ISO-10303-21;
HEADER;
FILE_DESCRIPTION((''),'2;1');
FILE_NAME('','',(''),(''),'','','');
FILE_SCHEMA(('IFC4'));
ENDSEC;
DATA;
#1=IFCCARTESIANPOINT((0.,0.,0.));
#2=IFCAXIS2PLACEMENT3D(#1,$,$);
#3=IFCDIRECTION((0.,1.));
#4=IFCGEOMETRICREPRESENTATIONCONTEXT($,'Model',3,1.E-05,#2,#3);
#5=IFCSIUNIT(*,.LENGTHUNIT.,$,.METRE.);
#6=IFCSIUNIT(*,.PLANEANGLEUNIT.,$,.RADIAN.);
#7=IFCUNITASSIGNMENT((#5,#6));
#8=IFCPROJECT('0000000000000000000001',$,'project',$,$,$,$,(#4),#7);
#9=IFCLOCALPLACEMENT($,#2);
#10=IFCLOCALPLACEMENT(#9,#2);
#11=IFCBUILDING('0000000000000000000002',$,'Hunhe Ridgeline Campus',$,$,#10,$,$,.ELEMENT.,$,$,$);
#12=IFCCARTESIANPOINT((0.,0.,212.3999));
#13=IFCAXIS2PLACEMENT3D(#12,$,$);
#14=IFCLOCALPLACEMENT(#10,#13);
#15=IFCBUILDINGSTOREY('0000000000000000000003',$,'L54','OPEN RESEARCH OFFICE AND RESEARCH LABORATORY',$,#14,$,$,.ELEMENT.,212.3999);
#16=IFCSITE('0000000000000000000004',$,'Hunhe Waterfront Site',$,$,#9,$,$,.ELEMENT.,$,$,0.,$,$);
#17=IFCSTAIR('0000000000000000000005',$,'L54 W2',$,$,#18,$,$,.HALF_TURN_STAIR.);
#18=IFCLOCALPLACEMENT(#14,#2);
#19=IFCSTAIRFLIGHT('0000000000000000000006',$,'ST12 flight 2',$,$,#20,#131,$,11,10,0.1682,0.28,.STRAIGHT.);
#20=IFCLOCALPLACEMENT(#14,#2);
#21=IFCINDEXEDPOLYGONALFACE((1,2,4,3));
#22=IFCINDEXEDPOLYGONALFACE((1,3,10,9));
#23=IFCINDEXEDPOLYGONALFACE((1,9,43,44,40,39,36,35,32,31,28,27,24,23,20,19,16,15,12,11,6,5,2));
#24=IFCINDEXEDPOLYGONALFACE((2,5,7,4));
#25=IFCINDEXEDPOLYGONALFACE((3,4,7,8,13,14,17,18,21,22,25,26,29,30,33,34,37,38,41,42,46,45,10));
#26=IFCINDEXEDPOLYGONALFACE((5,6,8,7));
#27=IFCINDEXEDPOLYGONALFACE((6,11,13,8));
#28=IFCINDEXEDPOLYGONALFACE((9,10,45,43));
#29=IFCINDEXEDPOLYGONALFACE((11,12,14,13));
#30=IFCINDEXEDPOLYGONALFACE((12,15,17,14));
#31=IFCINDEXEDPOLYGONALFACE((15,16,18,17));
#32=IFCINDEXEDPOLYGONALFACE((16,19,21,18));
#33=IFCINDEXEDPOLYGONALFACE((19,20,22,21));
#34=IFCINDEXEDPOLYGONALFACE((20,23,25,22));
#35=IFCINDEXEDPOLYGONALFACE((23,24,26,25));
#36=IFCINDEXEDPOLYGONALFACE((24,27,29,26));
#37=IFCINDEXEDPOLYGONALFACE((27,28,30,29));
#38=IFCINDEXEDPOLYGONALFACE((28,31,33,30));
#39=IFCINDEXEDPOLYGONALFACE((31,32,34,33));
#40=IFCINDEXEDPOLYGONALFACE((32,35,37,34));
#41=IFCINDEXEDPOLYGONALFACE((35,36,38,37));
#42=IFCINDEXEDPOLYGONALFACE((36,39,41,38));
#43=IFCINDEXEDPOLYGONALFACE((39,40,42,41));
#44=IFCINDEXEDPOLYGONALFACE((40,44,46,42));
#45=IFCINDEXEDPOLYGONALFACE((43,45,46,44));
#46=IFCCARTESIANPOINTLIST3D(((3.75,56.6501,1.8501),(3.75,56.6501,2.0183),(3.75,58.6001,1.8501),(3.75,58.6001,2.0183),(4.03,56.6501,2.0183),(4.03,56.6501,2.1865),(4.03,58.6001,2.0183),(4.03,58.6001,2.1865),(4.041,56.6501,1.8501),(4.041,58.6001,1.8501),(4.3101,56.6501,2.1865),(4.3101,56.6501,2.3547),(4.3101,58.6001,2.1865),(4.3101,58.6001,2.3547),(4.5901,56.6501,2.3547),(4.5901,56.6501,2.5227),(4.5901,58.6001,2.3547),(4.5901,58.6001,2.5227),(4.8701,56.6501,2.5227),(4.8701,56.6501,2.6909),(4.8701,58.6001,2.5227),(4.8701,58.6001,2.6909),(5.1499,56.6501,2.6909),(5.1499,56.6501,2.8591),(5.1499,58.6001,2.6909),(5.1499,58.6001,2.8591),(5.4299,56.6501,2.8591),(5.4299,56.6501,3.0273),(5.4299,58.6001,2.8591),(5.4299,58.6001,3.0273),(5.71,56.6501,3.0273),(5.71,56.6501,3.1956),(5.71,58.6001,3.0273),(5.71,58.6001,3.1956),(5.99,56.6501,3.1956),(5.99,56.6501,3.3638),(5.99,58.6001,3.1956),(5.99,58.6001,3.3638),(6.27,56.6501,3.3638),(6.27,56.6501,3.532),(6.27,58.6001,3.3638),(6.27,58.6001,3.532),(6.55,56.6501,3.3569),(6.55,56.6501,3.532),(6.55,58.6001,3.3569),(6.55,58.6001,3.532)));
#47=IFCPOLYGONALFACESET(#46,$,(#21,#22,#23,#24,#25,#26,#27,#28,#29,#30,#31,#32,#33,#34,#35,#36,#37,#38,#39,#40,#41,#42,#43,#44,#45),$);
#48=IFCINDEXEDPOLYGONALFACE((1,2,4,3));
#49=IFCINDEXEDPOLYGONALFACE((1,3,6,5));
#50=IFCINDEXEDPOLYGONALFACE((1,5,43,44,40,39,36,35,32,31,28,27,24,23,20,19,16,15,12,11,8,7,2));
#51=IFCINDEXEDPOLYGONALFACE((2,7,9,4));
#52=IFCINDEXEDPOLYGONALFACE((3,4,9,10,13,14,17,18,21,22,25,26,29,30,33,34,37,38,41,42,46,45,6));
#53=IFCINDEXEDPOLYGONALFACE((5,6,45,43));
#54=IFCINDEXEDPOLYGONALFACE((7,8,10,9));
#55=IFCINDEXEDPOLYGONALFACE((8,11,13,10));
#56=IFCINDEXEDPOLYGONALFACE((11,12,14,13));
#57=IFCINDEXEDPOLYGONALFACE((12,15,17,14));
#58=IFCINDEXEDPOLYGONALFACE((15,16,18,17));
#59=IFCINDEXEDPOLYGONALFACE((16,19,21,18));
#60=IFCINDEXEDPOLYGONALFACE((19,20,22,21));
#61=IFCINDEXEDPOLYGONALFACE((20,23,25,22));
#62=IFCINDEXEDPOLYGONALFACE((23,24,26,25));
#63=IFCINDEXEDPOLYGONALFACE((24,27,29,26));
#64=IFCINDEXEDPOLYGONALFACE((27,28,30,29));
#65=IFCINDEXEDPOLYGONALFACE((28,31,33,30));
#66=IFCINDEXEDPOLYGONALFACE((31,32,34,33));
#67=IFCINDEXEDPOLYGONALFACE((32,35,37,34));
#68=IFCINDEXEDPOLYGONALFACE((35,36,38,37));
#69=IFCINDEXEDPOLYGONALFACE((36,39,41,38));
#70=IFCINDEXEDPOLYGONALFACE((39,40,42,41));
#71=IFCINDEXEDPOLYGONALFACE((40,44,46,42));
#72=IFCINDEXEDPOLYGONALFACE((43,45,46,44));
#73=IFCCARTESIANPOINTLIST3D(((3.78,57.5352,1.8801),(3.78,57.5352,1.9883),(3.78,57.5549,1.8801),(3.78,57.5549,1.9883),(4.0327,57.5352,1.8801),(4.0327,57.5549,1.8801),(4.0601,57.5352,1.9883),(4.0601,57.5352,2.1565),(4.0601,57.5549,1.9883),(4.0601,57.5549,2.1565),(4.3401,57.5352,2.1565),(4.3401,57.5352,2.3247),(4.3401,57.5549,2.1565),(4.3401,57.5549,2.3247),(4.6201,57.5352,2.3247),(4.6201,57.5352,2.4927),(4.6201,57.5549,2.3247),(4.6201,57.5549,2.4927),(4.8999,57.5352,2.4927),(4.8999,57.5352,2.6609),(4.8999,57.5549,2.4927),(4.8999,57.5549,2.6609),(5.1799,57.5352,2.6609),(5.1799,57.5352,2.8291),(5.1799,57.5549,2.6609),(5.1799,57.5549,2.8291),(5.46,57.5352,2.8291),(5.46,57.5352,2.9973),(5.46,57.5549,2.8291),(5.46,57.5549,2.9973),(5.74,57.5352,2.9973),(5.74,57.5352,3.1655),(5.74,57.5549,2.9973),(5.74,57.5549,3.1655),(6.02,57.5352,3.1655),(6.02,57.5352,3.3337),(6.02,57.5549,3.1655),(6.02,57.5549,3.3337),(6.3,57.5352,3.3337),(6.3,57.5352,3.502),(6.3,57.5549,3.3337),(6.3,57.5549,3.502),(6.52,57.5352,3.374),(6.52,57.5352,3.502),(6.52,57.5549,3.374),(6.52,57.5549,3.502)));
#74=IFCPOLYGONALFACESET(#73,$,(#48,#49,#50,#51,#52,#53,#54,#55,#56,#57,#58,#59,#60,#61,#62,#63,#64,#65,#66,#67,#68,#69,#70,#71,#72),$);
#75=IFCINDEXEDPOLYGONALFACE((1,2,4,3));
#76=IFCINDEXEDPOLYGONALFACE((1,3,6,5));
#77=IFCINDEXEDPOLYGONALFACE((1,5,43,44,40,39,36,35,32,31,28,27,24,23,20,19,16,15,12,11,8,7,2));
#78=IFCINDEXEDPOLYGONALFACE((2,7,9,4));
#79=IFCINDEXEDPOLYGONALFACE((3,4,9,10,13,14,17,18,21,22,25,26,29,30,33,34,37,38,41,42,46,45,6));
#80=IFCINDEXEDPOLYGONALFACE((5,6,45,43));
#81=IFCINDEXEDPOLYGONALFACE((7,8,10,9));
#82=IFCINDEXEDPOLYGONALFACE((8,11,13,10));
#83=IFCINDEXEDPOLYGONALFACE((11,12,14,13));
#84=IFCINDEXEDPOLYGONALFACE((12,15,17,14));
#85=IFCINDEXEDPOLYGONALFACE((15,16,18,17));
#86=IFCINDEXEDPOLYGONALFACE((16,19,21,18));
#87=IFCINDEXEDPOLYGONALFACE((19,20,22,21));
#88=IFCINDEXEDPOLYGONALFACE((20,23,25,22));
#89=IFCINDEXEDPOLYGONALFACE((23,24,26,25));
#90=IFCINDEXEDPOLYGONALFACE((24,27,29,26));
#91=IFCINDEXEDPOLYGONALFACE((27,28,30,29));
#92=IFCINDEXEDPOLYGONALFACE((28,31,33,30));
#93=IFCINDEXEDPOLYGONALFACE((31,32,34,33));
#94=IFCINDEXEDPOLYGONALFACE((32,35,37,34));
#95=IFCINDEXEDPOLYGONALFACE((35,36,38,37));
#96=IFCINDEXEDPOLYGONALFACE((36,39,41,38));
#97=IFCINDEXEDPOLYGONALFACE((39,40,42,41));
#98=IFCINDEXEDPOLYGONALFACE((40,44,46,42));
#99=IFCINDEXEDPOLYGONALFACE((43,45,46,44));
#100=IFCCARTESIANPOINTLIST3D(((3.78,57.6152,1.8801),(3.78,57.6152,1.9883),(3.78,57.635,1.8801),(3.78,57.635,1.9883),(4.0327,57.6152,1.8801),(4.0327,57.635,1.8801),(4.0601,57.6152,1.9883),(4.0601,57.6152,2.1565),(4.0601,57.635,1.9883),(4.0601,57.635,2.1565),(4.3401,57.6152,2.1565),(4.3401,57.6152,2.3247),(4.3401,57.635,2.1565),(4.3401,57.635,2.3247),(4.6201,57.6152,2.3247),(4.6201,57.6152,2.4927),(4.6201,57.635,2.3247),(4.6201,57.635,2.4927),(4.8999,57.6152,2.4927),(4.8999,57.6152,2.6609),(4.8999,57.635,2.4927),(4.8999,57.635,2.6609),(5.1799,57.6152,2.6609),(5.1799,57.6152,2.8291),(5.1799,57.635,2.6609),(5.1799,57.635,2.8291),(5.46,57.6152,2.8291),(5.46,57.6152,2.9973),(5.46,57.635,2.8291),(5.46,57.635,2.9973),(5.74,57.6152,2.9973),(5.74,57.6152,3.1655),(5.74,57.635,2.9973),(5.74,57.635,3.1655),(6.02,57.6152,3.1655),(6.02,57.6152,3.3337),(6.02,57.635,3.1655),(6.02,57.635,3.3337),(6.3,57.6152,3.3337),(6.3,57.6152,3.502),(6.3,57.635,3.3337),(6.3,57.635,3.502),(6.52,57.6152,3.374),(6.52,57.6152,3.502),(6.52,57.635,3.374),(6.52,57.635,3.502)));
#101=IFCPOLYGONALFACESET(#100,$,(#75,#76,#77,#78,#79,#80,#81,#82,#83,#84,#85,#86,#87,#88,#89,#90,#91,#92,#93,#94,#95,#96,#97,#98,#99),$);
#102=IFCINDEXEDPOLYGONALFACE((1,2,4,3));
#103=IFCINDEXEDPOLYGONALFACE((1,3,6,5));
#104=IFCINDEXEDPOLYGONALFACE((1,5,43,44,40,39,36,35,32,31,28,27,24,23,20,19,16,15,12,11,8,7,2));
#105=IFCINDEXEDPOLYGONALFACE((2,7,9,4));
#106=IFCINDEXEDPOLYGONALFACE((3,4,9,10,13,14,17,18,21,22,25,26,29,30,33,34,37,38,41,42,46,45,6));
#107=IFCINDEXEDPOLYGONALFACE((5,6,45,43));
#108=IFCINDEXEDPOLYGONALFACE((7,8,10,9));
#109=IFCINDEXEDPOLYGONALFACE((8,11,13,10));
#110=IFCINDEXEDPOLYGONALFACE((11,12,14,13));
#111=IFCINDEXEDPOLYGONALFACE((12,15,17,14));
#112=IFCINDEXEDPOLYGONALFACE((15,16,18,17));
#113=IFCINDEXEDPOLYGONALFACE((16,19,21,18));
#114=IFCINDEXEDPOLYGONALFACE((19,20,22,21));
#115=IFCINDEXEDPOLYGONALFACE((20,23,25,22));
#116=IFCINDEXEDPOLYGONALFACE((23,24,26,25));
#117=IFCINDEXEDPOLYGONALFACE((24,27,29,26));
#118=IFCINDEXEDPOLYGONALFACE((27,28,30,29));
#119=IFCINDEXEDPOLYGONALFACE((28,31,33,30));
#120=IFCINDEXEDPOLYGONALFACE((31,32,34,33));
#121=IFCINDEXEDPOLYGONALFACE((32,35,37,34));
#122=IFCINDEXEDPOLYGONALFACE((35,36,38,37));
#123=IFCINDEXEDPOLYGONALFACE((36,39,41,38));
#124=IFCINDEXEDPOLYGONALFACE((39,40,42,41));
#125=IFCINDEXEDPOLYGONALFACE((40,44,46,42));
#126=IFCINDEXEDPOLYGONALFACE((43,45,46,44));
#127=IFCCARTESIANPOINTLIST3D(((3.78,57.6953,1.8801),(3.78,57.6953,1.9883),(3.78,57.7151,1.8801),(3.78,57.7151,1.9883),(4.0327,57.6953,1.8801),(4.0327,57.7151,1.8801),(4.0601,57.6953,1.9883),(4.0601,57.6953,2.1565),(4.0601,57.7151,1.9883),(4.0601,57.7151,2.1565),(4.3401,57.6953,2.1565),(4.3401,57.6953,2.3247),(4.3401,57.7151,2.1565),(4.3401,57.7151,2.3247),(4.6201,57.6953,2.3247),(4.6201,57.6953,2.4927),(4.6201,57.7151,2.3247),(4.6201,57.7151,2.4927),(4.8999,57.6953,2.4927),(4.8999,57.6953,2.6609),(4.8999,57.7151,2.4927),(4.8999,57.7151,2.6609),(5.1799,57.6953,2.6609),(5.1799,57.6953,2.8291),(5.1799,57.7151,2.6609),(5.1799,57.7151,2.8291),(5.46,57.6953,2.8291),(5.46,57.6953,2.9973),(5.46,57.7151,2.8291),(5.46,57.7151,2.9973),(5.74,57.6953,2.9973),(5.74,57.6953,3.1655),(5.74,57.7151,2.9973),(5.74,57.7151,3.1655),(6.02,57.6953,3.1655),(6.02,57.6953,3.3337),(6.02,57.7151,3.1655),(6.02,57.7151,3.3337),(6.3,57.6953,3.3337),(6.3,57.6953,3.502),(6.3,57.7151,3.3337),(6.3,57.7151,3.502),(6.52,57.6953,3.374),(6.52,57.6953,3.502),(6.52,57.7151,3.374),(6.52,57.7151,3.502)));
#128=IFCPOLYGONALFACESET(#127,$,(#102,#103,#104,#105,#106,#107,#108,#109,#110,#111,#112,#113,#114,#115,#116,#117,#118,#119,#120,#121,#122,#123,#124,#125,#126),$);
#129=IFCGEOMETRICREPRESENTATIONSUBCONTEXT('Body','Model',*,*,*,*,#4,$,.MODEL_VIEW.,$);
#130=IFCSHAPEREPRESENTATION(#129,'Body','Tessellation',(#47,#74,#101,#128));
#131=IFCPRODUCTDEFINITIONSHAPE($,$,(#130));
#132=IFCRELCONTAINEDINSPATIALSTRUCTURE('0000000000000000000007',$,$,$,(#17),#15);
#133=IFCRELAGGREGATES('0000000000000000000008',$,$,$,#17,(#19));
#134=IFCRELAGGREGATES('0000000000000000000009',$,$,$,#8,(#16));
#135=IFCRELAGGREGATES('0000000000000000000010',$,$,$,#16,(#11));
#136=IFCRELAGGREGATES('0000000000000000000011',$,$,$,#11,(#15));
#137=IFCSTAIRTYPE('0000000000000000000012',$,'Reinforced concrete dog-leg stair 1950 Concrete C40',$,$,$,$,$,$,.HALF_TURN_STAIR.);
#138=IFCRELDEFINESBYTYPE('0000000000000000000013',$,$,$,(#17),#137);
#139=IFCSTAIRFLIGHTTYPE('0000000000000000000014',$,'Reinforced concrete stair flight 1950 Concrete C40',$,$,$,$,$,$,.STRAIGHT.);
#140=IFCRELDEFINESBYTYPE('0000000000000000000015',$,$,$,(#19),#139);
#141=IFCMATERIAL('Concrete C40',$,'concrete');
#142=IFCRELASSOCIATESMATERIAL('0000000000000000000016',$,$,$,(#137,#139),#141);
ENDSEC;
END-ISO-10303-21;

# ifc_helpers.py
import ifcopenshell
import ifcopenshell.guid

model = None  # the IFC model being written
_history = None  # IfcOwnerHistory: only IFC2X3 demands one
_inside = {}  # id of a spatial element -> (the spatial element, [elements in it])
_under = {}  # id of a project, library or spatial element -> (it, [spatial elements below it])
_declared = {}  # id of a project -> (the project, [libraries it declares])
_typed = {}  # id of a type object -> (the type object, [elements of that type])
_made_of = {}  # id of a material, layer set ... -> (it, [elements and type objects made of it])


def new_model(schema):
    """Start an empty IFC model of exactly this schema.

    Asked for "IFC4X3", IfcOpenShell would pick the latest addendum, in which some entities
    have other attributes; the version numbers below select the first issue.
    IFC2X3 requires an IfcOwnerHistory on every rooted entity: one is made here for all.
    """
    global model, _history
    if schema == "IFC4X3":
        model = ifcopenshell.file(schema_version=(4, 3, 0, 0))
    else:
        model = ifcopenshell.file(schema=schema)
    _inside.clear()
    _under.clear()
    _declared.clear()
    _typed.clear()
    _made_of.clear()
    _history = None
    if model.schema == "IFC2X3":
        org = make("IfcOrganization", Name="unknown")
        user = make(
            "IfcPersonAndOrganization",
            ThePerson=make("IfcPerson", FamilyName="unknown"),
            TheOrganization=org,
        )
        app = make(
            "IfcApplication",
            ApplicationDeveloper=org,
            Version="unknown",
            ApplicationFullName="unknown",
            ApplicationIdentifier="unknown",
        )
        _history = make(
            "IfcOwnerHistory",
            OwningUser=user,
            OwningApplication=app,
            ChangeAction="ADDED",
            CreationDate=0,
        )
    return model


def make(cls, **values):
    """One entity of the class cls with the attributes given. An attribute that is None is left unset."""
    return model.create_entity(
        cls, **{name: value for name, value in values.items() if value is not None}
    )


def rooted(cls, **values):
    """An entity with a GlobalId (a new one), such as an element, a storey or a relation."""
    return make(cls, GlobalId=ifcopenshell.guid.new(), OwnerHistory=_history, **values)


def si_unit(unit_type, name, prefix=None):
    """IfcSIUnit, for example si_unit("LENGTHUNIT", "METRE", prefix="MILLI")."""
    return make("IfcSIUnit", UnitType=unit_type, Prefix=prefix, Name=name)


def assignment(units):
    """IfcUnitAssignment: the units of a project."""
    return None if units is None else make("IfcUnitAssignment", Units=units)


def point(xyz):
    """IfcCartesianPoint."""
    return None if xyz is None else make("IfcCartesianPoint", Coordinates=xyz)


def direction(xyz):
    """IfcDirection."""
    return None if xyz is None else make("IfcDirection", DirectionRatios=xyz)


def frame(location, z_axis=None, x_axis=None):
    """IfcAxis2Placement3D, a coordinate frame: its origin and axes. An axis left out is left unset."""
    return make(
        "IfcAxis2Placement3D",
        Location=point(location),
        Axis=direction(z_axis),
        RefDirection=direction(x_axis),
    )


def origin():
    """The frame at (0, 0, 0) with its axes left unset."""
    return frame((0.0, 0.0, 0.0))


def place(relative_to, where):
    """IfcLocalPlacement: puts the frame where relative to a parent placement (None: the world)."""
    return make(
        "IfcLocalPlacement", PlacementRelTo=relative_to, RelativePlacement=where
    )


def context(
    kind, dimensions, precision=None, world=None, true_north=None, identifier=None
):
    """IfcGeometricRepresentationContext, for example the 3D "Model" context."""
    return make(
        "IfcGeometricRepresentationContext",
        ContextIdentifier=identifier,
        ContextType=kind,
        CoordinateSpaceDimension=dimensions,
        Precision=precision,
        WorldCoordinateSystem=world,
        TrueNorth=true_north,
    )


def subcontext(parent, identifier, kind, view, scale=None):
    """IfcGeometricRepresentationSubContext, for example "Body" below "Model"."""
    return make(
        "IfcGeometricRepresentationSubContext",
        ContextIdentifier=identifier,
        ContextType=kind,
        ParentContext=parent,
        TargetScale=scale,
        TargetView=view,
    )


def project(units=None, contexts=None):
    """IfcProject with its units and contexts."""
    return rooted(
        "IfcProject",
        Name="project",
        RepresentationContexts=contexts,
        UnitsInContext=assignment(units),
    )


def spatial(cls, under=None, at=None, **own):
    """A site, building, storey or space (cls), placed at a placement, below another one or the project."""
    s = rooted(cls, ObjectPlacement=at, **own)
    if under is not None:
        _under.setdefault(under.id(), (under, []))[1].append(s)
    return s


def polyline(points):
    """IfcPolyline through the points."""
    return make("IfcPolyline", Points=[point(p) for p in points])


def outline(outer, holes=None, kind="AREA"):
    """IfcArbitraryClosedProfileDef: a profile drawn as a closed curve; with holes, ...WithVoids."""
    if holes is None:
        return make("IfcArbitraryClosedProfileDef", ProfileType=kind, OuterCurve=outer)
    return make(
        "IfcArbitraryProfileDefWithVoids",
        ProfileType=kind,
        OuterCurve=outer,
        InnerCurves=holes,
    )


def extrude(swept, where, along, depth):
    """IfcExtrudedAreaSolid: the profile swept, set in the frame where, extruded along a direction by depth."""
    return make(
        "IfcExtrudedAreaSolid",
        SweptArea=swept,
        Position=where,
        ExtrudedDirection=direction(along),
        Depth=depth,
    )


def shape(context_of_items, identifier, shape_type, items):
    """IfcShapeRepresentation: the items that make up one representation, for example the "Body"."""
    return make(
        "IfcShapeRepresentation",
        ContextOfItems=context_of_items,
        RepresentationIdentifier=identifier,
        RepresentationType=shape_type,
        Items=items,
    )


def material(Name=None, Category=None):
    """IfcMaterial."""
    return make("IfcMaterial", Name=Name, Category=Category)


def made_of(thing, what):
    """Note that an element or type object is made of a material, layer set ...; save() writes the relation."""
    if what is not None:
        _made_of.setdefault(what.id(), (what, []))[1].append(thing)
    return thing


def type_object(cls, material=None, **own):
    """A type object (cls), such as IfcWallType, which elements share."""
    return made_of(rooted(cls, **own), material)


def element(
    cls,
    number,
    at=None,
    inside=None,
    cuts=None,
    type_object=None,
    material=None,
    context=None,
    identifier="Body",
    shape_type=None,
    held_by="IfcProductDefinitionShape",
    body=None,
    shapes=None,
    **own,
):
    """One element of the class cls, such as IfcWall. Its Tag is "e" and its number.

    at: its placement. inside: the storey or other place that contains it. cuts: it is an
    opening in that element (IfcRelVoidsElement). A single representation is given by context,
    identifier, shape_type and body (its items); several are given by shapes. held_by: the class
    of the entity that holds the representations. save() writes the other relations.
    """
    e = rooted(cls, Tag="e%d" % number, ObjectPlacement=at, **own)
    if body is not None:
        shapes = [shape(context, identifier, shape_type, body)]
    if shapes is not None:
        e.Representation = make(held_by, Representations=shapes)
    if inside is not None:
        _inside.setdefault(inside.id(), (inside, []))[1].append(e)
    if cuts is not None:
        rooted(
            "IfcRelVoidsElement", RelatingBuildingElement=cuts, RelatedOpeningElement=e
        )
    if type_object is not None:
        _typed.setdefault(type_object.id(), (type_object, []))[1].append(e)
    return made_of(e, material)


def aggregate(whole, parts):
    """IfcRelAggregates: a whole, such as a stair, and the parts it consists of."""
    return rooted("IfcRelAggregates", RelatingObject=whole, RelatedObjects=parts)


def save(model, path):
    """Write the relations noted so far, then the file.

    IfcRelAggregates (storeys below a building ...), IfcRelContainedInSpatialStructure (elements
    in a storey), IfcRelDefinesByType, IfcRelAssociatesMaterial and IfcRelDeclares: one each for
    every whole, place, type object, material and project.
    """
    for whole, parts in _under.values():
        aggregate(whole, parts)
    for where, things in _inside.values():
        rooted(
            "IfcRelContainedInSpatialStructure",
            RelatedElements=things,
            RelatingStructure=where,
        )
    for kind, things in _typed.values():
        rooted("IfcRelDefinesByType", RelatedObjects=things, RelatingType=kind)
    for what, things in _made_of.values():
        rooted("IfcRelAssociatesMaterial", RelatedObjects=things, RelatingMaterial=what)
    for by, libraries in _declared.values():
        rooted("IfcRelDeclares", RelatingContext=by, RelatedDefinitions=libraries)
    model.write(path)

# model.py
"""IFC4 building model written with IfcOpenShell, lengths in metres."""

from ifc_helpers import new_model, si_unit, direction, frame, origin, place, context, subcontext, project, spatial, polyline, outline, extrude, material, type_object, element, aggregate, save


model = new_model("IFC4")

# Units and contexts
model_context = context("Model", 3, precision=1e-05, world=origin(), true_north=direction((0.0, 1.0)))
body_context = subcontext(model_context, "Body", "Model", "MODEL_VIEW")
ifc_project = project(units=[si_unit("LENGTHUNIT", "METRE"), si_unit("PLANEANGLEUNIT", "RADIAN")], contexts=[model_context])

# Site, building, storey
site_placement = place(None, origin())
site = spatial("IfcSite", under=ifc_project, at=site_placement, Name="Hunhe Waterfront Site", CompositionType="ELEMENT", RefElevation=0.0)
building_placement = place(site_placement, origin())
building = spatial("IfcBuilding", under=site, at=building_placement, Name="Hunhe Ridgeline Campus", CompositionType="ELEMENT")
storey_placement = place(building_placement, frame((0.0, 0.0, 212.3999)))
storey = spatial("IfcBuildingStorey", under=building, at=storey_placement, Name="L54", Description="OPEN RESEARCH OFFICE AND RESEARCH LABORATORY", CompositionType="ELEMENT", Elevation=212.3999)

# Shared definitions
ifc_material_1 = material(Name="Concrete C40", Category="concrete")
stair_type = type_object("IfcStairType", Name="Reinforced concrete dog-leg stair 1950 Concrete C40", PredefinedType="HALF_TURN_STAIR", material=ifc_material_1)
stair_flight_type = type_object("IfcStairFlightType", Name="Reinforced concrete stair flight 1950 Concrete C40", PredefinedType="STRAIGHT", material=ifc_material_1)

# Stair, stair flight
stair_1_placement = place(storey_placement, origin())
stair_1 = element("IfcStair", 1, at=stair_1_placement, inside=storey, type_object=stair_type, Name="L54 W2", PredefinedType="HALF_TURN_STAIR")
stair_flight_1_placement = place(storey_placement, frame((3.75, 57.625, 1.8501), z_axis=(0.0, 0.0, 1.0), x_axis=(1.0, 0.0, 0.0)))
stair_flight_1 = element("IfcStairFlight", 2, at=stair_flight_1_placement, type_object=stair_flight_type, Name="ST12 flight 2", NumberOfRisers=11, NumberOfTreads=10, PredefinedType="STRAIGHT", RiserHeight=0.1682, TreadLength=0.28, context=body_context, shape_type="SweptSolid", body=[
    extrude(outline(polyline([(0.0, 0.0), (0.0, 0.1682), (0.28, 0.1682), (0.28, 0.3364), (0.5601, 0.3364), (0.5601, 0.5046), (0.8401, 0.5046), (0.8401, 0.6726), (1.1201, 0.6726), (1.1201, 0.8408), (1.3999, 0.8408), (1.3999, 1.009), (1.6799, 1.009), (1.6799, 1.1772), (1.96, 1.1772), (1.96, 1.3455), (2.24, 1.3455), (2.24, 1.5137), (2.52, 1.5137), (2.52, 1.6819), (2.8, 1.6819), (2.8, 1.8501), (2.8, 1.5068), (0.291, 0.0), (0.0, 0.0)])), frame((0.0, 0.9751, 0.0), z_axis=(0.0, -1.0, 0.0), x_axis=(1.0, 0.0, 0.0)), (0.0, 0.0, 1.0), 1.95),
    extrude(outline(polyline([(0.03, 0.03), (0.03, 0.1382), (0.3101, 0.1382), (0.3101, 0.3064), (0.5901, 0.3064), (0.5901, 0.4746), (0.8701, 0.4746), (0.8701, 0.6426), (1.1499, 0.6426), (1.1499, 0.8108), (1.4299, 0.8108), (1.4299, 0.979), (1.71, 0.979), (1.71, 1.1472), (1.99, 1.1472), (1.99, 1.3154), (2.27, 1.3154), (2.27, 1.4836), (2.55, 1.4836), (2.55, 1.6519), (2.77, 1.6519), (2.77, 1.5239), (0.2827, 0.03), (0.03, 0.03)])), frame((0.0, -0.0701, 0.0), z_axis=(0.0, -1.0, 0.0), x_axis=(1.0, 0.0, 0.0)), (0.0, 0.0, 1.0), 0.0198),
    extrude(outline(polyline([(0.03, 0.03), (0.03, 0.1382), (0.3101, 0.1382), (0.3101, 0.3064), (0.5901, 0.3064), (0.5901, 0.4746), (0.8701, 0.4746), (0.8701, 0.6426), (1.1499, 0.6426), (1.1499, 0.8108), (1.4299, 0.8108), (1.4299, 0.979), (1.71, 0.979), (1.71, 1.1472), (1.99, 1.1472), (1.99, 1.3154), (2.27, 1.3154), (2.27, 1.4836), (2.55, 1.4836), (2.55, 1.6519), (2.77, 1.6519), (2.77, 1.5239), (0.2827, 0.03), (0.03, 0.03)])), frame((0.0, 0.01, 0.0), z_axis=(0.0, -1.0, 0.0), x_axis=(1.0, 0.0, 0.0)), (0.0, 0.0, 1.0), 0.0198),
    extrude(outline(polyline([(0.03, 0.03), (0.03, 0.1382), (0.3101, 0.1382), (0.3101, 0.3064), (0.5901, 0.3064), (0.5901, 0.4746), (0.8701, 0.4746), (0.8701, 0.6426), (1.1499, 0.6426), (1.1499, 0.8108), (1.4299, 0.8108), (1.4299, 0.979), (1.71, 0.979), (1.71, 1.1472), (1.99, 1.1472), (1.99, 1.3154), (2.27, 1.3154), (2.27, 1.4836), (2.55, 1.4836), (2.55, 1.6519), (2.77, 1.6519), (2.77, 1.5239), (0.2827, 0.03), (0.03, 0.03)])), frame((0.0, 0.0901, 0.0), z_axis=(0.0, -1.0, 0.0), x_axis=(1.0, 0.0, 0.0)), (0.0, 0.0, 1.0), 0.0198),
])
aggregate(stair_1, [stair_flight_1])

save(model, "model.ifc")
